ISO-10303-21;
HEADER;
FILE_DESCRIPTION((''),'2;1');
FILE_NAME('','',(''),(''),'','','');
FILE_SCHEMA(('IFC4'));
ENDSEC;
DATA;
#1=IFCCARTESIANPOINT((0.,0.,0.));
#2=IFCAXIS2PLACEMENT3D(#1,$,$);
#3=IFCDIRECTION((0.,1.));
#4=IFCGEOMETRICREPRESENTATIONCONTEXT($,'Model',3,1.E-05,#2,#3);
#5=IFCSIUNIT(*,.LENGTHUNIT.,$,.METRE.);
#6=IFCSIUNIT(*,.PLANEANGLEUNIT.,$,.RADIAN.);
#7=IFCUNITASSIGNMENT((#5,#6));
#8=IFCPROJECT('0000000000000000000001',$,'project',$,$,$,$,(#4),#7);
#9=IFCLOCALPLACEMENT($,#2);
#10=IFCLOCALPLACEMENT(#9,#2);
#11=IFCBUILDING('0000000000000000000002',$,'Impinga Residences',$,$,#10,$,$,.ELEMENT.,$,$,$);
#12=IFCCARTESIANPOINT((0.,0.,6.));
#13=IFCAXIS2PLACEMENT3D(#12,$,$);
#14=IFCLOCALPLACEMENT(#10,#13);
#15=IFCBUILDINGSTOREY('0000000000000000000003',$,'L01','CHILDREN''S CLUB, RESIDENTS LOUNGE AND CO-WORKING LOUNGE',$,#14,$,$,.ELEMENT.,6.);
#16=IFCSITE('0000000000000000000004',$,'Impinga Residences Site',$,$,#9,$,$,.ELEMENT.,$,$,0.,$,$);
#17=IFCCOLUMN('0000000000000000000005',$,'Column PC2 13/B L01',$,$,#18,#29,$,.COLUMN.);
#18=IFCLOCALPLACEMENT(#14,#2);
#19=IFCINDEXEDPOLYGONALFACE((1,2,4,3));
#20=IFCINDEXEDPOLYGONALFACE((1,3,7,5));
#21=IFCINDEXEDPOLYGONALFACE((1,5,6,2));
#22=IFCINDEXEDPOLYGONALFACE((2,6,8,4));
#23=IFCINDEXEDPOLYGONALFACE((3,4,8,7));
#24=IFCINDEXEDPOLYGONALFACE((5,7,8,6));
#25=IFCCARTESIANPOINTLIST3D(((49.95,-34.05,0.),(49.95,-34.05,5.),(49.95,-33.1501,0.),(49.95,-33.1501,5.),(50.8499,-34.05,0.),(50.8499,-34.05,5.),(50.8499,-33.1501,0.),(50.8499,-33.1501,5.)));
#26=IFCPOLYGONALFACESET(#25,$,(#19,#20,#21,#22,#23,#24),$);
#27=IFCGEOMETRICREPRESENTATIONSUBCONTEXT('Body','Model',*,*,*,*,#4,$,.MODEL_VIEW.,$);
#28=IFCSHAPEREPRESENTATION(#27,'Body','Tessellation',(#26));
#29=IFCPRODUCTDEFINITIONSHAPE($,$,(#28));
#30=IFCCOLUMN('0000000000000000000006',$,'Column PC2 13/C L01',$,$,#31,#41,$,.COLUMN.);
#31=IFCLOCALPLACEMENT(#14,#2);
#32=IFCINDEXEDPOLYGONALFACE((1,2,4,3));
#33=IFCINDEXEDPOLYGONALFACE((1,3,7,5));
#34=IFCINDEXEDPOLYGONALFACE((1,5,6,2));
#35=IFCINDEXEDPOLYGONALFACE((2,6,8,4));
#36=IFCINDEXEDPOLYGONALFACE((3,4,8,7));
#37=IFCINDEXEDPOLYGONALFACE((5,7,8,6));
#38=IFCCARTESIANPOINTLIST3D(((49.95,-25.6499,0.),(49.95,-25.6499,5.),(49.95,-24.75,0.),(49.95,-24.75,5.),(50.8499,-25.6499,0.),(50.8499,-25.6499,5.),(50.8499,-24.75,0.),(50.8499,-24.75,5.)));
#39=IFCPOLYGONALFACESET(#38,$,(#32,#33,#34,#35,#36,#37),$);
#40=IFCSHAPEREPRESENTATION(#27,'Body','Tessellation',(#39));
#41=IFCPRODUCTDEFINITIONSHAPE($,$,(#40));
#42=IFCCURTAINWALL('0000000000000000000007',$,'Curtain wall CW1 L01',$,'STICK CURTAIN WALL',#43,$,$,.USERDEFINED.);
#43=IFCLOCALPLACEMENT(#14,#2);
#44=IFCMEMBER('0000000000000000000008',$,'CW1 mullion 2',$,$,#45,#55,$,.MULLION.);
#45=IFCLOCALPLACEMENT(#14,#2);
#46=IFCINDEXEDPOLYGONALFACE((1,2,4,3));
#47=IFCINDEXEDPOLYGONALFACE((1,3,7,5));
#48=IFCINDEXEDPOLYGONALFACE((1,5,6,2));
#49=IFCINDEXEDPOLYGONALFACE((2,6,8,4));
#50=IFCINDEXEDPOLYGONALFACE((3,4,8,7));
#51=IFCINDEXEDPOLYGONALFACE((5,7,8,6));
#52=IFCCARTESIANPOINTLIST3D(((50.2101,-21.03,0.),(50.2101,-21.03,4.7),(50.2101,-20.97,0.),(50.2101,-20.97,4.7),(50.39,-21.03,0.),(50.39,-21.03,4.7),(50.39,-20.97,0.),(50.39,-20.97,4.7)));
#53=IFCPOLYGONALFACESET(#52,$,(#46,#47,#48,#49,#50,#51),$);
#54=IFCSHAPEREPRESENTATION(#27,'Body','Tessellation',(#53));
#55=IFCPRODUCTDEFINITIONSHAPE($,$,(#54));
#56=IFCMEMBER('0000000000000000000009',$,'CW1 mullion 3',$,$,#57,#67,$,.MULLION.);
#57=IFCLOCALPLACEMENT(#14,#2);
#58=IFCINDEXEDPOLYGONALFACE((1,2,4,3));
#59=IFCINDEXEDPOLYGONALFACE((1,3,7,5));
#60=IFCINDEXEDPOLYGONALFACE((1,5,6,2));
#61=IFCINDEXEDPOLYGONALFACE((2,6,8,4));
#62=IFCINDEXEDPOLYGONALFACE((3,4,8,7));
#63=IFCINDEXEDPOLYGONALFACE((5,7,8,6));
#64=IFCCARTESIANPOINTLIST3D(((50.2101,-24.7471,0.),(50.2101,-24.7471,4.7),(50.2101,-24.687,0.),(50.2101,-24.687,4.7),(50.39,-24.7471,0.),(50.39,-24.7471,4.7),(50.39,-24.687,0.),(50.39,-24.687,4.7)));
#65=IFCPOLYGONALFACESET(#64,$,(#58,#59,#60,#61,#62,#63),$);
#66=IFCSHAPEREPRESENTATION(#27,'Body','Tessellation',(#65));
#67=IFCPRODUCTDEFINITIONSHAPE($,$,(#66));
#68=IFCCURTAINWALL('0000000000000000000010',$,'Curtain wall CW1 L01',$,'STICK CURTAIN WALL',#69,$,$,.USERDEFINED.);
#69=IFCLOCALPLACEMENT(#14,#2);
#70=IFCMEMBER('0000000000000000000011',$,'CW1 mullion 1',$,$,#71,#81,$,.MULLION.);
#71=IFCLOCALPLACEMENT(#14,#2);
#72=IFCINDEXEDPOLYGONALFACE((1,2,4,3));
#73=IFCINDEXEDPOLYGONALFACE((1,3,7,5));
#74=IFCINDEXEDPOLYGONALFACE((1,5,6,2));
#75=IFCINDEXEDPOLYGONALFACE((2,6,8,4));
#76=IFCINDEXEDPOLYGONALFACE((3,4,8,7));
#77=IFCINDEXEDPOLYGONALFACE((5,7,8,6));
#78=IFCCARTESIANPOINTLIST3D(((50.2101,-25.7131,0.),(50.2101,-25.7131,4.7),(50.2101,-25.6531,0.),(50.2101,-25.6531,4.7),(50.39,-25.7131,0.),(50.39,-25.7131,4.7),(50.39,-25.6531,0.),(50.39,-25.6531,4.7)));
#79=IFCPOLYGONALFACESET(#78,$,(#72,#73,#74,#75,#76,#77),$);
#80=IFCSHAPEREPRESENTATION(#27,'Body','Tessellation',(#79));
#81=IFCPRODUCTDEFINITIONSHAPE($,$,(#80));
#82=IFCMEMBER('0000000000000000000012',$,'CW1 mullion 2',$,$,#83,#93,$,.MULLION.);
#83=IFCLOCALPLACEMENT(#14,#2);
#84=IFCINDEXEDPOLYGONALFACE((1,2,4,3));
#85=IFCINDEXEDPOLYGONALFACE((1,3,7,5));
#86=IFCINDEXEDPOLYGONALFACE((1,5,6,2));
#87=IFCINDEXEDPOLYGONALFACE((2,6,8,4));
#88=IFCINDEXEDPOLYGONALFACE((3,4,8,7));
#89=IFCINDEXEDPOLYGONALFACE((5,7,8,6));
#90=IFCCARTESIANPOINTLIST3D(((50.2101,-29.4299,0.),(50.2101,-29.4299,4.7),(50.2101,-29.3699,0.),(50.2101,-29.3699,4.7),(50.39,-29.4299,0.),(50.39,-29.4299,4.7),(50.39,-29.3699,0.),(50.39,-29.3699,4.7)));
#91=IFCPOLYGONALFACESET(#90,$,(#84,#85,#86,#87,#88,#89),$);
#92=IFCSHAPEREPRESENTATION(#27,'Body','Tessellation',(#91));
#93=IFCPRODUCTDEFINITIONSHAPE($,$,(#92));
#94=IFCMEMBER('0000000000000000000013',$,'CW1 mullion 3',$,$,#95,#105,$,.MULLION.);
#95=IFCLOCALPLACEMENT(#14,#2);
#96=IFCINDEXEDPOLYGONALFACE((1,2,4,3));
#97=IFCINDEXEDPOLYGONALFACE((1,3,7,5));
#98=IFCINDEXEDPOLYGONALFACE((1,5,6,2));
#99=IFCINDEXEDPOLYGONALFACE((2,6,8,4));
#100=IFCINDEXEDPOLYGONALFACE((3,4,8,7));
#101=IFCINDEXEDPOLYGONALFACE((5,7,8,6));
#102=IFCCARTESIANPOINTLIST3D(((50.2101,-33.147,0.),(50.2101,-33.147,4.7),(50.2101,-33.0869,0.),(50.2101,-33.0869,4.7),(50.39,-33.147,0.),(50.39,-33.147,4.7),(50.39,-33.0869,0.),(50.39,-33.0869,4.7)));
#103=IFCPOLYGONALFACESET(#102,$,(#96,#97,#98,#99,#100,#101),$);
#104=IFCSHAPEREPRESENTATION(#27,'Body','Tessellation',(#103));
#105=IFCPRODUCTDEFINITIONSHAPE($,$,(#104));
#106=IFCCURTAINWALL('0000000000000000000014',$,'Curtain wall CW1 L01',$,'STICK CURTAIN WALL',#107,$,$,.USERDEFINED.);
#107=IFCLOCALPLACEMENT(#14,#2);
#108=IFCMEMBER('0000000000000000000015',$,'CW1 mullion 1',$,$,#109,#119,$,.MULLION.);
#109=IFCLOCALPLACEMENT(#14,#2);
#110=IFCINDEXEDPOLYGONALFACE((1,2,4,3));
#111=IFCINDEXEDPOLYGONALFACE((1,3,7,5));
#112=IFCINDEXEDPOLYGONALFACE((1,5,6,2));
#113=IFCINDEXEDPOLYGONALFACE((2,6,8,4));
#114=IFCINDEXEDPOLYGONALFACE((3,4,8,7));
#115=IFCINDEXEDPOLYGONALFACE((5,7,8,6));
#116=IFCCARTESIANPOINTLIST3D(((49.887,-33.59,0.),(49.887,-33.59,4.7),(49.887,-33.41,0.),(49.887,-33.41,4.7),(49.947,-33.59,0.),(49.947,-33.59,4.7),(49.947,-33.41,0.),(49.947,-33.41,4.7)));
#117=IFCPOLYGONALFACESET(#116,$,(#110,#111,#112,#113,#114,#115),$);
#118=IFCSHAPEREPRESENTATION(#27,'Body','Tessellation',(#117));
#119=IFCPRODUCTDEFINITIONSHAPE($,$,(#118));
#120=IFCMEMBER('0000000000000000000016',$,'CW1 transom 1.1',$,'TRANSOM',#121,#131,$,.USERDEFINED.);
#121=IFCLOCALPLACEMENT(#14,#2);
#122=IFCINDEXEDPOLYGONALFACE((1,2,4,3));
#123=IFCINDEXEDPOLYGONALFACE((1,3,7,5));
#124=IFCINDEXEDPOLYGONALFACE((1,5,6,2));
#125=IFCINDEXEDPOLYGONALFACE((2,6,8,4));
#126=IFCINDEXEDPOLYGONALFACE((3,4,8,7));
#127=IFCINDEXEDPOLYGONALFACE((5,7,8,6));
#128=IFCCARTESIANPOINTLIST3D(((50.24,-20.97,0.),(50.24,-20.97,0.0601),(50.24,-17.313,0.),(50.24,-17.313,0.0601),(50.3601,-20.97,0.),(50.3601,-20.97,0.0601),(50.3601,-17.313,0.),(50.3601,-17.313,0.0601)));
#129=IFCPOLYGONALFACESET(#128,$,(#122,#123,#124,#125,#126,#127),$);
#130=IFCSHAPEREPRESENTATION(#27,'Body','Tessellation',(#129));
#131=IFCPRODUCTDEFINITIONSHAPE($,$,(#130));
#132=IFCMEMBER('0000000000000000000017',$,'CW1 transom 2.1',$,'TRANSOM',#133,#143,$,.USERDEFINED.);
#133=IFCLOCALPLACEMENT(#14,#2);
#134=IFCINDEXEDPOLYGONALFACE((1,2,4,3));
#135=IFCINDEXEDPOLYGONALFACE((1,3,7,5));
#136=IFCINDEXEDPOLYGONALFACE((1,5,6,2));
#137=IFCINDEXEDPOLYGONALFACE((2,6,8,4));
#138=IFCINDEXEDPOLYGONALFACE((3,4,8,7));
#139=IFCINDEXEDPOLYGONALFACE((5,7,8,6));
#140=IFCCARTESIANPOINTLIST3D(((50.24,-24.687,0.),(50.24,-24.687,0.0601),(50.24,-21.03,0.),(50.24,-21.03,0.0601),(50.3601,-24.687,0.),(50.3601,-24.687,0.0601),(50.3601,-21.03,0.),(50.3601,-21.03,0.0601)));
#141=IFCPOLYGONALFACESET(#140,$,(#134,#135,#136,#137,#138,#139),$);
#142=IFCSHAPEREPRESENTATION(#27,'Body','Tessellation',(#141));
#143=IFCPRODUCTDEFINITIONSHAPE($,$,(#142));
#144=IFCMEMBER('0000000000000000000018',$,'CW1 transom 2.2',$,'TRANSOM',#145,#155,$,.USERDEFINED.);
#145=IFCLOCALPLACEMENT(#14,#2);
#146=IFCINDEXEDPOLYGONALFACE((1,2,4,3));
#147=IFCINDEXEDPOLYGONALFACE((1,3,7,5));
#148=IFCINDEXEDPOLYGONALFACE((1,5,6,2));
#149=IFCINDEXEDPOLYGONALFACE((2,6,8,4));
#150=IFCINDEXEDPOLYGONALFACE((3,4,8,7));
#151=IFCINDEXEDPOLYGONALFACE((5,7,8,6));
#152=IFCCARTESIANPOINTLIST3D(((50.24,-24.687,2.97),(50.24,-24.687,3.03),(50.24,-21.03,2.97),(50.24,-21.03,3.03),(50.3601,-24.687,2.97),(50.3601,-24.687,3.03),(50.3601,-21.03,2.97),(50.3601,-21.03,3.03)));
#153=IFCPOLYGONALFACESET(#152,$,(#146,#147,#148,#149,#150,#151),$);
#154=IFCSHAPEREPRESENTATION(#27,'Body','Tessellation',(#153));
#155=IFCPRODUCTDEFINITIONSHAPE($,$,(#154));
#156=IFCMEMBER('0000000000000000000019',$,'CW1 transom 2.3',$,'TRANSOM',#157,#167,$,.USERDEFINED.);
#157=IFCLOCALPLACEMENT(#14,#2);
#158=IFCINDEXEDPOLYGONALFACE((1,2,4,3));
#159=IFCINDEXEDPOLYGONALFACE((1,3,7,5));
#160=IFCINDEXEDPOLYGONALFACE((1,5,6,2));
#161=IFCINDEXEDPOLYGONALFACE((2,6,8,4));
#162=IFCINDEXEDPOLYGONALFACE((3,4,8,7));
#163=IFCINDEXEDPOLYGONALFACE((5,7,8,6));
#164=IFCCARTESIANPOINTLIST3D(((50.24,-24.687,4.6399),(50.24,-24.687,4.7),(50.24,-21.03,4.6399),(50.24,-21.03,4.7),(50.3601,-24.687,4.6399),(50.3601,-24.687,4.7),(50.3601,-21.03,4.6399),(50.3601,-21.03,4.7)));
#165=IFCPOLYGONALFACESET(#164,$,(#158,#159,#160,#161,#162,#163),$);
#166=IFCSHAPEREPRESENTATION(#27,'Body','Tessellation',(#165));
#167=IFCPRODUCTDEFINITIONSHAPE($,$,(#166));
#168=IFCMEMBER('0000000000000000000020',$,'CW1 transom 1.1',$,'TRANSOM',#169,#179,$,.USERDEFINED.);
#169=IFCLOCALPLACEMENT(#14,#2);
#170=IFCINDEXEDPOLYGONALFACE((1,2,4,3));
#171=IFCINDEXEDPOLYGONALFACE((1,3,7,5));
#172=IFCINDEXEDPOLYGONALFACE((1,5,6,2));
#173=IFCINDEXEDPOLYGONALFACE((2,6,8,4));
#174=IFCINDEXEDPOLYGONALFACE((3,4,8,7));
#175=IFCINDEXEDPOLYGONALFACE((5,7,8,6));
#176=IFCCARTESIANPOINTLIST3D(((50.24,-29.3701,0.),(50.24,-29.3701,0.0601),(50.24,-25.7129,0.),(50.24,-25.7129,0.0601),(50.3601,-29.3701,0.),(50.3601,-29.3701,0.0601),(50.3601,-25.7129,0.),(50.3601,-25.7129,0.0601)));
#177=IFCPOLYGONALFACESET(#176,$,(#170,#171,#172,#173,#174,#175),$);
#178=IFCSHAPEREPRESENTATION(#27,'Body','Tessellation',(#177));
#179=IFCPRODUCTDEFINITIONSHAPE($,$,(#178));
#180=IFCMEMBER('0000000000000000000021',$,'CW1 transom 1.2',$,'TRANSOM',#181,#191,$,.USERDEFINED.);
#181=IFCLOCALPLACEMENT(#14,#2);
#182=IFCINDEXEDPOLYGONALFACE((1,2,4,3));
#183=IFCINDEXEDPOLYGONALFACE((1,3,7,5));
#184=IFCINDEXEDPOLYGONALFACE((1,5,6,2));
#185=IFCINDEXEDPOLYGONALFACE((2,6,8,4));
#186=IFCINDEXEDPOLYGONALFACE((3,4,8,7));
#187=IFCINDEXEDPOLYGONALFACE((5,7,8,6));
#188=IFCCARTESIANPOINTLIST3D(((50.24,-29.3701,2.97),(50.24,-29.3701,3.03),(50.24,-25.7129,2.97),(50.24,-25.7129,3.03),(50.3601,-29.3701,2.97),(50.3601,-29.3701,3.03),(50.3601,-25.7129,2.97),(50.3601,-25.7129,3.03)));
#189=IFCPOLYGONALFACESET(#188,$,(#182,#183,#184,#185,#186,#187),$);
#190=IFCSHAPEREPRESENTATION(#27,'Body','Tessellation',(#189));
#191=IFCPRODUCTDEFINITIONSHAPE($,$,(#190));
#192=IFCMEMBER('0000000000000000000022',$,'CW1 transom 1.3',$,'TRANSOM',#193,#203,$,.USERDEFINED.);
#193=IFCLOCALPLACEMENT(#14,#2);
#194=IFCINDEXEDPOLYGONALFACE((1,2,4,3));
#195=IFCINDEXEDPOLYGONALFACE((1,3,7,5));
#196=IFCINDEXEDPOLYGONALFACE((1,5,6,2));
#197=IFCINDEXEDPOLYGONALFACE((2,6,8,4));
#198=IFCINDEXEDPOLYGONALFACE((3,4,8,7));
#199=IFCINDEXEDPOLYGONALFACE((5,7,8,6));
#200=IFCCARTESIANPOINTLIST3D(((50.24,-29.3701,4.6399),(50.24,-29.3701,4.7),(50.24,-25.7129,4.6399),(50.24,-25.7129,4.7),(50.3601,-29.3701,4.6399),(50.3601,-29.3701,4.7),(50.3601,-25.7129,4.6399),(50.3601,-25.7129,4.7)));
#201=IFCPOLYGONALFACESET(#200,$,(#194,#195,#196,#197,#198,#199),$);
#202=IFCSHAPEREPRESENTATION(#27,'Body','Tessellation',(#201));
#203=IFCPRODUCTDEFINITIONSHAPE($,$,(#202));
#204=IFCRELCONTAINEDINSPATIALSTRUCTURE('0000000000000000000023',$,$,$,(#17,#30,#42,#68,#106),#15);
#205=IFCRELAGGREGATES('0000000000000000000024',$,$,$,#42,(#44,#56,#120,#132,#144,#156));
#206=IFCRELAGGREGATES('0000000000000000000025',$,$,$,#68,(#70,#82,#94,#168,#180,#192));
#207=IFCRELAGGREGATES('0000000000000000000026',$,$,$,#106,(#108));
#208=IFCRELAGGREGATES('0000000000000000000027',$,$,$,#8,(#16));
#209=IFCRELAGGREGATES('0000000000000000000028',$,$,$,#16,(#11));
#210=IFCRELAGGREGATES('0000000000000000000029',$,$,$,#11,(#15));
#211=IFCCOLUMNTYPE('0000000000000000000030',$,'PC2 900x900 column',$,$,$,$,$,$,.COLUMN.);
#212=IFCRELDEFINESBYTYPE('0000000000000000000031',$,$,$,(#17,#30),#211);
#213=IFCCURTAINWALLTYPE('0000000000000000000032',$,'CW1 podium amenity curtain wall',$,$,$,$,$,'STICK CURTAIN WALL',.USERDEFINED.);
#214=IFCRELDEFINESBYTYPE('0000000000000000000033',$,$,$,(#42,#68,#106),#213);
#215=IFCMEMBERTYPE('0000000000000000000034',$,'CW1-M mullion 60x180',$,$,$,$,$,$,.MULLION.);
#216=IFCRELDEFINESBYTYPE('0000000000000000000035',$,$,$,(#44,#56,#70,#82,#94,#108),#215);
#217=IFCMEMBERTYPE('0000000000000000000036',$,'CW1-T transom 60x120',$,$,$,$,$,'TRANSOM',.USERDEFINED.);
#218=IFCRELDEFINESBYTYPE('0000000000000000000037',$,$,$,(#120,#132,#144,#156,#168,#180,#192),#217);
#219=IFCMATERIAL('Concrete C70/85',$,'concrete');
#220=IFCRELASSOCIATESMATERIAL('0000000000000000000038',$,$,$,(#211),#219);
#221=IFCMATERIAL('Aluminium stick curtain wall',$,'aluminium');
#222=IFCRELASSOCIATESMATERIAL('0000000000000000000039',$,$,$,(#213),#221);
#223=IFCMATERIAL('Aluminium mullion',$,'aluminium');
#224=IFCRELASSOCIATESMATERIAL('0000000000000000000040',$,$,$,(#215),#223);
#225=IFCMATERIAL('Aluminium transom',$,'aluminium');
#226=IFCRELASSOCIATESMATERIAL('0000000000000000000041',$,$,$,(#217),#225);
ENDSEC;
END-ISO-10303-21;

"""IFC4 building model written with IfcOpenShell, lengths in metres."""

from ifc_helpers import new_model, si_unit, direction, frame, origin, origin_2d, place, context, subcontext, project, spatial, rectangle, extrude, material, material_profile, profile_set, type_object, element, aggregate, save


model = new_model("IFC4")

# Units and contexts
model_context = context("Model", 3, precision=1e-05, world=origin(), true_north=direction((0.0, 1.0)))
body_context = subcontext(model_context, "Body", "Model", "MODEL_VIEW")
ifc_project = project(units=[si_unit("LENGTHUNIT", "METRE"), si_unit("PLANEANGLEUNIT", "RADIAN")], contexts=[model_context])

# Site, building, storey
site_placement = place(None, origin())
site = spatial("IfcSite", under=ifc_project, at=site_placement, Name="Impinga Residences Site", CompositionType="ELEMENT", RefElevation=0.0)
building_placement = place(site_placement, origin())
building = spatial("IfcBuilding", under=site, at=building_placement, Name="Impinga Residences", CompositionType="ELEMENT")
storey_placement = place(building_placement, frame((0.0, 0.0, 6.0)))
storey = spatial("IfcBuildingStorey", under=building, at=storey_placement, Name="L01", Description="CHILDREN'S CLUB, RESIDENTS LOUNGE AND CO-WORKING LOUNGE", CompositionType="ELEMENT", Elevation=6.0)

# Columns
ifc_material_1 = material(Name="Concrete C70/85", Category="concrete")
ifc_material_profile_1 = material_profile(ifc_material_1, rectangle(XDim=0.8999, YDim=0.8999, at=origin_2d()), Name="RC 900x900")
ifc_profile_set_1 = profile_set([ifc_material_profile_1], Name="Concrete C70/85")
column_type = type_object("IfcColumnType", Name="PC2 900x900 column", PredefinedType="COLUMN", material=ifc_profile_set_1)
for number, where, z_axis, x_axis, name in (
    (1, (50.3999, -33.6001, 0.0), (0.0, 0.0, 1.0), (1.0, 0.0, 0.0), "Column PC2 13/B L01"),
    (2, (50.3999, -25.2, 0.0), (0.0, 0.0, 1.0), (1.0, 0.0, 0.0), "Column PC2 13/C L01"),
):
    element("IfcColumn", number, at=place(storey_placement, frame(where, z_axis=z_axis, x_axis=x_axis)), inside=storey, type_object=column_type, Name=name, PredefinedType="COLUMN", context=body_context, shape_type="SweptSolid", body=[
        extrude(rectangle(XDim=0.8999, YDim=0.8999, at=origin_2d()), origin(), (0.0, 0.0, 1.0), 5.0),
    ])

# Curtain walls, members
ifc_material_2 = material(Name="Aluminium stick curtain wall", Category="aluminium")
curtain_wall_type = type_object("IfcCurtainWallType", Name="CW1 podium amenity curtain wall", ElementType="STICK CURTAIN WALL", PredefinedType="USERDEFINED", material=ifc_material_2)
curtain_wall_1_placement = place(storey_placement, origin())
curtain_wall_1 = element("IfcCurtainWall", 3, at=curtain_wall_1_placement, inside=storey, type_object=curtain_wall_type, Name="Curtain wall CW1 L01", ObjectType="STICK CURTAIN WALL", PredefinedType="USERDEFINED")
ifc_material_3 = material(Name="Aluminium mullion", Category="aluminium")
ifc_material_profile_2 = material_profile(ifc_material_3, rectangle(XDim=0.0601, YDim=0.1799, at=origin_2d()), Name="60x180 mullion")
ifc_profile_set_2 = profile_set([ifc_material_profile_2], Name="Aluminium mullion")
member_type_1 = type_object("IfcMemberType", Name="CW1-M mullion 60x180", PredefinedType="MULLION", material=ifc_profile_set_2)
member_1_placement = place(storey_placement, frame((50.3, -21.0, 0.0), z_axis=(0.0, 0.0, 1.0), x_axis=(0.0, -1.0, 0.0)))
member_1 = element("IfcMember", 4, at=member_1_placement, type_object=member_type_1, Name="CW1 mullion 2", PredefinedType="MULLION", context=body_context, shape_type="SweptSolid", body=[
    extrude(rectangle(XDim=0.0601, YDim=0.1799, at=origin_2d()), origin(), (0.0, 0.0, 1.0), 4.7),
])
member_2_placement = place(storey_placement, frame((50.3, -24.717, 0.0), z_axis=(0.0, 0.0, 1.0), x_axis=(0.0, -1.0, 0.0)))
member_2 = element("IfcMember", 5, at=member_2_placement, type_object=member_type_1, Name="CW1 mullion 3", PredefinedType="MULLION", context=body_context, shape_type="SweptSolid", body=[
    extrude(rectangle(XDim=0.0601, YDim=0.1799, at=origin_2d()), origin(), (0.0, 0.0, 1.0), 4.7),
])
curtain_wall_2_placement = place(storey_placement, origin())
curtain_wall_2 = element("IfcCurtainWall", 6, at=curtain_wall_2_placement, inside=storey, type_object=curtain_wall_type, Name="Curtain wall CW1 L01", ObjectType="STICK CURTAIN WALL", PredefinedType="USERDEFINED")
member_3_placement = place(storey_placement, frame((50.3, -25.6831, 0.0), z_axis=(0.0, 0.0, 1.0), x_axis=(0.0, -1.0, 0.0)))
member_3 = element("IfcMember", 7, at=member_3_placement, type_object=member_type_1, Name="CW1 mullion 1", PredefinedType="MULLION", context=body_context, shape_type="SweptSolid", body=[
    extrude(rectangle(XDim=0.0601, YDim=0.1799, at=origin_2d()), origin(), (0.0, 0.0, 1.0), 4.7),
])
member_4_placement = place(storey_placement, frame((50.3, -29.3999, 0.0), z_axis=(0.0, 0.0, 1.0), x_axis=(0.0, -1.0, 0.0)))
member_4 = element("IfcMember", 8, at=member_4_placement, type_object=member_type_1, Name="CW1 mullion 2", PredefinedType="MULLION", context=body_context, shape_type="SweptSolid", body=[
    extrude(rectangle(XDim=0.0601, YDim=0.1799, at=origin_2d()), origin(), (0.0, 0.0, 1.0), 4.7),
])
member_5_placement = place(storey_placement, frame((50.3, -33.1169, 0.0), z_axis=(0.0, 0.0, 1.0), x_axis=(0.0, -1.0, 0.0)))
member_5 = element("IfcMember", 9, at=member_5_placement, type_object=member_type_1, Name="CW1 mullion 3", PredefinedType="MULLION", context=body_context, shape_type="SweptSolid", body=[
    extrude(rectangle(XDim=0.0601, YDim=0.1799, at=origin_2d()), origin(), (0.0, 0.0, 1.0), 4.7),
])

# Curtain wall, member
curtain_wall_3_placement = place(storey_placement, origin())
curtain_wall_3 = element("IfcCurtainWall", 10, at=curtain_wall_3_placement, inside=storey, type_object=curtain_wall_type, Name="Curtain wall CW1 L01", ObjectType="STICK CURTAIN WALL", PredefinedType="USERDEFINED")
member_6_placement = place(storey_placement, frame((49.917, -33.5, 0.0), z_axis=(0.0, 0.0, 1.0), x_axis=(-1.0, 0.0, 0.0)))
member_6 = element("IfcMember", 11, at=member_6_placement, type_object=member_type_1, Name="CW1 mullion 1", PredefinedType="MULLION", context=body_context, shape_type="SweptSolid", body=[
    extrude(rectangle(XDim=0.0601, YDim=0.1799, at=origin_2d()), origin(), (0.0, 0.0, 1.0), 4.7),
])

# Members
ifc_material_4 = material(Name="Aluminium transom", Category="aluminium")
ifc_material_profile_3 = material_profile(ifc_material_4, rectangle(XDim=0.0601, YDim=0.1201, at=origin_2d()), Name="60x120 transom")
ifc_profile_set_3 = profile_set([ifc_material_profile_3], Name="Aluminium transom")
member_type_2 = type_object("IfcMemberType", Name="CW1-T transom 60x120", ElementType="TRANSOM", PredefinedType="USERDEFINED", material=ifc_profile_set_3)
member_7_placement = place(storey_placement, frame((50.3, -17.313, 0.03), z_axis=(0.0, -1.0, 0.0), x_axis=(0.0, 0.0, 1.0)))
member_7 = element("IfcMember", 12, at=member_7_placement, type_object=member_type_2, Name="CW1 transom 1.1", ObjectType="TRANSOM", PredefinedType="USERDEFINED", context=body_context, shape_type="SweptSolid", body=[
    extrude(rectangle(XDim=0.0601, YDim=0.1201, at=origin_2d()), origin(), (0.0, 0.0, 1.0), 3.657),
])
member_8_placement = place(storey_placement, frame((50.3, -21.03, 0.03), z_axis=(0.0, -1.0, 0.0), x_axis=(0.0, 0.0, 1.0)))
member_8 = element("IfcMember", 13, at=member_8_placement, type_object=member_type_2, Name="CW1 transom 2.1", ObjectType="TRANSOM", PredefinedType="USERDEFINED", context=body_context, shape_type="SweptSolid", body=[
    extrude(rectangle(XDim=0.0601, YDim=0.1201, at=origin_2d()), origin(), (0.0, 0.0, 1.0), 3.657),
])
member_9_placement = place(storey_placement, frame((50.3, -21.03, 3.0), z_axis=(0.0, -1.0, 0.0), x_axis=(0.0, 0.0, 1.0)))
member_9 = element("IfcMember", 14, at=member_9_placement, type_object=member_type_2, Name="CW1 transom 2.2", ObjectType="TRANSOM", PredefinedType="USERDEFINED", context=body_context, shape_type="SweptSolid", body=[
    extrude(rectangle(XDim=0.0601, YDim=0.1201, at=origin_2d()), origin(), (0.0, 0.0, 1.0), 3.657),
])
member_10_placement = place(storey_placement, frame((50.3, -21.03, 4.6699), z_axis=(0.0, -1.0, 0.0), x_axis=(0.0, 0.0, 1.0)))
member_10 = element("IfcMember", 15, at=member_10_placement, type_object=member_type_2, Name="CW1 transom 2.3", ObjectType="TRANSOM", PredefinedType="USERDEFINED", context=body_context, shape_type="SweptSolid", body=[
    extrude(rectangle(XDim=0.0601, YDim=0.1201, at=origin_2d()), origin(), (0.0, 0.0, 1.0), 3.657),
])
member_11_placement = place(storey_placement, frame((50.3, -25.7129, 0.03), z_axis=(0.0, -1.0, 0.0), x_axis=(0.0, 0.0, 1.0)))
member_11 = element("IfcMember", 16, at=member_11_placement, type_object=member_type_2, Name="CW1 transom 1.1", ObjectType="TRANSOM", PredefinedType="USERDEFINED", context=body_context, shape_type="SweptSolid", body=[
    extrude(rectangle(XDim=0.0601, YDim=0.1201, at=origin_2d()), origin(), (0.0, 0.0, 1.0), 3.6572),
])
member_12_placement = place(storey_placement, frame((50.3, -25.7129, 3.0), z_axis=(0.0, -1.0, 0.0), x_axis=(0.0, 0.0, 1.0)))
member_12 = element("IfcMember", 17, at=member_12_placement, type_object=member_type_2, Name="CW1 transom 1.2", ObjectType="TRANSOM", PredefinedType="USERDEFINED", context=body_context, shape_type="SweptSolid", body=[
    extrude(rectangle(XDim=0.0601, YDim=0.1201, at=origin_2d()), origin(), (0.0, 0.0, 1.0), 3.6572),
])
member_13_placement = place(storey_placement, frame((50.3, -25.7129, 4.6699), z_axis=(0.0, -1.0, 0.0), x_axis=(0.0, 0.0, 1.0)))
member_13 = element("IfcMember", 18, at=member_13_placement, type_object=member_type_2, Name="CW1 transom 1.3", ObjectType="TRANSOM", PredefinedType="USERDEFINED", context=body_context, shape_type="SweptSolid", body=[
    extrude(rectangle(XDim=0.0601, YDim=0.1201, at=origin_2d()), origin(), (0.0, 0.0, 1.0), 3.6572),
])

aggregate(curtain_wall_1, [member_1, member_2, member_7, member_8, member_9, member_10])
aggregate(curtain_wall_2, [member_3, member_4, member_5, member_11, member_12, member_13])
aggregate(curtain_wall_3, [member_6])

save(model, "model.ifc")
